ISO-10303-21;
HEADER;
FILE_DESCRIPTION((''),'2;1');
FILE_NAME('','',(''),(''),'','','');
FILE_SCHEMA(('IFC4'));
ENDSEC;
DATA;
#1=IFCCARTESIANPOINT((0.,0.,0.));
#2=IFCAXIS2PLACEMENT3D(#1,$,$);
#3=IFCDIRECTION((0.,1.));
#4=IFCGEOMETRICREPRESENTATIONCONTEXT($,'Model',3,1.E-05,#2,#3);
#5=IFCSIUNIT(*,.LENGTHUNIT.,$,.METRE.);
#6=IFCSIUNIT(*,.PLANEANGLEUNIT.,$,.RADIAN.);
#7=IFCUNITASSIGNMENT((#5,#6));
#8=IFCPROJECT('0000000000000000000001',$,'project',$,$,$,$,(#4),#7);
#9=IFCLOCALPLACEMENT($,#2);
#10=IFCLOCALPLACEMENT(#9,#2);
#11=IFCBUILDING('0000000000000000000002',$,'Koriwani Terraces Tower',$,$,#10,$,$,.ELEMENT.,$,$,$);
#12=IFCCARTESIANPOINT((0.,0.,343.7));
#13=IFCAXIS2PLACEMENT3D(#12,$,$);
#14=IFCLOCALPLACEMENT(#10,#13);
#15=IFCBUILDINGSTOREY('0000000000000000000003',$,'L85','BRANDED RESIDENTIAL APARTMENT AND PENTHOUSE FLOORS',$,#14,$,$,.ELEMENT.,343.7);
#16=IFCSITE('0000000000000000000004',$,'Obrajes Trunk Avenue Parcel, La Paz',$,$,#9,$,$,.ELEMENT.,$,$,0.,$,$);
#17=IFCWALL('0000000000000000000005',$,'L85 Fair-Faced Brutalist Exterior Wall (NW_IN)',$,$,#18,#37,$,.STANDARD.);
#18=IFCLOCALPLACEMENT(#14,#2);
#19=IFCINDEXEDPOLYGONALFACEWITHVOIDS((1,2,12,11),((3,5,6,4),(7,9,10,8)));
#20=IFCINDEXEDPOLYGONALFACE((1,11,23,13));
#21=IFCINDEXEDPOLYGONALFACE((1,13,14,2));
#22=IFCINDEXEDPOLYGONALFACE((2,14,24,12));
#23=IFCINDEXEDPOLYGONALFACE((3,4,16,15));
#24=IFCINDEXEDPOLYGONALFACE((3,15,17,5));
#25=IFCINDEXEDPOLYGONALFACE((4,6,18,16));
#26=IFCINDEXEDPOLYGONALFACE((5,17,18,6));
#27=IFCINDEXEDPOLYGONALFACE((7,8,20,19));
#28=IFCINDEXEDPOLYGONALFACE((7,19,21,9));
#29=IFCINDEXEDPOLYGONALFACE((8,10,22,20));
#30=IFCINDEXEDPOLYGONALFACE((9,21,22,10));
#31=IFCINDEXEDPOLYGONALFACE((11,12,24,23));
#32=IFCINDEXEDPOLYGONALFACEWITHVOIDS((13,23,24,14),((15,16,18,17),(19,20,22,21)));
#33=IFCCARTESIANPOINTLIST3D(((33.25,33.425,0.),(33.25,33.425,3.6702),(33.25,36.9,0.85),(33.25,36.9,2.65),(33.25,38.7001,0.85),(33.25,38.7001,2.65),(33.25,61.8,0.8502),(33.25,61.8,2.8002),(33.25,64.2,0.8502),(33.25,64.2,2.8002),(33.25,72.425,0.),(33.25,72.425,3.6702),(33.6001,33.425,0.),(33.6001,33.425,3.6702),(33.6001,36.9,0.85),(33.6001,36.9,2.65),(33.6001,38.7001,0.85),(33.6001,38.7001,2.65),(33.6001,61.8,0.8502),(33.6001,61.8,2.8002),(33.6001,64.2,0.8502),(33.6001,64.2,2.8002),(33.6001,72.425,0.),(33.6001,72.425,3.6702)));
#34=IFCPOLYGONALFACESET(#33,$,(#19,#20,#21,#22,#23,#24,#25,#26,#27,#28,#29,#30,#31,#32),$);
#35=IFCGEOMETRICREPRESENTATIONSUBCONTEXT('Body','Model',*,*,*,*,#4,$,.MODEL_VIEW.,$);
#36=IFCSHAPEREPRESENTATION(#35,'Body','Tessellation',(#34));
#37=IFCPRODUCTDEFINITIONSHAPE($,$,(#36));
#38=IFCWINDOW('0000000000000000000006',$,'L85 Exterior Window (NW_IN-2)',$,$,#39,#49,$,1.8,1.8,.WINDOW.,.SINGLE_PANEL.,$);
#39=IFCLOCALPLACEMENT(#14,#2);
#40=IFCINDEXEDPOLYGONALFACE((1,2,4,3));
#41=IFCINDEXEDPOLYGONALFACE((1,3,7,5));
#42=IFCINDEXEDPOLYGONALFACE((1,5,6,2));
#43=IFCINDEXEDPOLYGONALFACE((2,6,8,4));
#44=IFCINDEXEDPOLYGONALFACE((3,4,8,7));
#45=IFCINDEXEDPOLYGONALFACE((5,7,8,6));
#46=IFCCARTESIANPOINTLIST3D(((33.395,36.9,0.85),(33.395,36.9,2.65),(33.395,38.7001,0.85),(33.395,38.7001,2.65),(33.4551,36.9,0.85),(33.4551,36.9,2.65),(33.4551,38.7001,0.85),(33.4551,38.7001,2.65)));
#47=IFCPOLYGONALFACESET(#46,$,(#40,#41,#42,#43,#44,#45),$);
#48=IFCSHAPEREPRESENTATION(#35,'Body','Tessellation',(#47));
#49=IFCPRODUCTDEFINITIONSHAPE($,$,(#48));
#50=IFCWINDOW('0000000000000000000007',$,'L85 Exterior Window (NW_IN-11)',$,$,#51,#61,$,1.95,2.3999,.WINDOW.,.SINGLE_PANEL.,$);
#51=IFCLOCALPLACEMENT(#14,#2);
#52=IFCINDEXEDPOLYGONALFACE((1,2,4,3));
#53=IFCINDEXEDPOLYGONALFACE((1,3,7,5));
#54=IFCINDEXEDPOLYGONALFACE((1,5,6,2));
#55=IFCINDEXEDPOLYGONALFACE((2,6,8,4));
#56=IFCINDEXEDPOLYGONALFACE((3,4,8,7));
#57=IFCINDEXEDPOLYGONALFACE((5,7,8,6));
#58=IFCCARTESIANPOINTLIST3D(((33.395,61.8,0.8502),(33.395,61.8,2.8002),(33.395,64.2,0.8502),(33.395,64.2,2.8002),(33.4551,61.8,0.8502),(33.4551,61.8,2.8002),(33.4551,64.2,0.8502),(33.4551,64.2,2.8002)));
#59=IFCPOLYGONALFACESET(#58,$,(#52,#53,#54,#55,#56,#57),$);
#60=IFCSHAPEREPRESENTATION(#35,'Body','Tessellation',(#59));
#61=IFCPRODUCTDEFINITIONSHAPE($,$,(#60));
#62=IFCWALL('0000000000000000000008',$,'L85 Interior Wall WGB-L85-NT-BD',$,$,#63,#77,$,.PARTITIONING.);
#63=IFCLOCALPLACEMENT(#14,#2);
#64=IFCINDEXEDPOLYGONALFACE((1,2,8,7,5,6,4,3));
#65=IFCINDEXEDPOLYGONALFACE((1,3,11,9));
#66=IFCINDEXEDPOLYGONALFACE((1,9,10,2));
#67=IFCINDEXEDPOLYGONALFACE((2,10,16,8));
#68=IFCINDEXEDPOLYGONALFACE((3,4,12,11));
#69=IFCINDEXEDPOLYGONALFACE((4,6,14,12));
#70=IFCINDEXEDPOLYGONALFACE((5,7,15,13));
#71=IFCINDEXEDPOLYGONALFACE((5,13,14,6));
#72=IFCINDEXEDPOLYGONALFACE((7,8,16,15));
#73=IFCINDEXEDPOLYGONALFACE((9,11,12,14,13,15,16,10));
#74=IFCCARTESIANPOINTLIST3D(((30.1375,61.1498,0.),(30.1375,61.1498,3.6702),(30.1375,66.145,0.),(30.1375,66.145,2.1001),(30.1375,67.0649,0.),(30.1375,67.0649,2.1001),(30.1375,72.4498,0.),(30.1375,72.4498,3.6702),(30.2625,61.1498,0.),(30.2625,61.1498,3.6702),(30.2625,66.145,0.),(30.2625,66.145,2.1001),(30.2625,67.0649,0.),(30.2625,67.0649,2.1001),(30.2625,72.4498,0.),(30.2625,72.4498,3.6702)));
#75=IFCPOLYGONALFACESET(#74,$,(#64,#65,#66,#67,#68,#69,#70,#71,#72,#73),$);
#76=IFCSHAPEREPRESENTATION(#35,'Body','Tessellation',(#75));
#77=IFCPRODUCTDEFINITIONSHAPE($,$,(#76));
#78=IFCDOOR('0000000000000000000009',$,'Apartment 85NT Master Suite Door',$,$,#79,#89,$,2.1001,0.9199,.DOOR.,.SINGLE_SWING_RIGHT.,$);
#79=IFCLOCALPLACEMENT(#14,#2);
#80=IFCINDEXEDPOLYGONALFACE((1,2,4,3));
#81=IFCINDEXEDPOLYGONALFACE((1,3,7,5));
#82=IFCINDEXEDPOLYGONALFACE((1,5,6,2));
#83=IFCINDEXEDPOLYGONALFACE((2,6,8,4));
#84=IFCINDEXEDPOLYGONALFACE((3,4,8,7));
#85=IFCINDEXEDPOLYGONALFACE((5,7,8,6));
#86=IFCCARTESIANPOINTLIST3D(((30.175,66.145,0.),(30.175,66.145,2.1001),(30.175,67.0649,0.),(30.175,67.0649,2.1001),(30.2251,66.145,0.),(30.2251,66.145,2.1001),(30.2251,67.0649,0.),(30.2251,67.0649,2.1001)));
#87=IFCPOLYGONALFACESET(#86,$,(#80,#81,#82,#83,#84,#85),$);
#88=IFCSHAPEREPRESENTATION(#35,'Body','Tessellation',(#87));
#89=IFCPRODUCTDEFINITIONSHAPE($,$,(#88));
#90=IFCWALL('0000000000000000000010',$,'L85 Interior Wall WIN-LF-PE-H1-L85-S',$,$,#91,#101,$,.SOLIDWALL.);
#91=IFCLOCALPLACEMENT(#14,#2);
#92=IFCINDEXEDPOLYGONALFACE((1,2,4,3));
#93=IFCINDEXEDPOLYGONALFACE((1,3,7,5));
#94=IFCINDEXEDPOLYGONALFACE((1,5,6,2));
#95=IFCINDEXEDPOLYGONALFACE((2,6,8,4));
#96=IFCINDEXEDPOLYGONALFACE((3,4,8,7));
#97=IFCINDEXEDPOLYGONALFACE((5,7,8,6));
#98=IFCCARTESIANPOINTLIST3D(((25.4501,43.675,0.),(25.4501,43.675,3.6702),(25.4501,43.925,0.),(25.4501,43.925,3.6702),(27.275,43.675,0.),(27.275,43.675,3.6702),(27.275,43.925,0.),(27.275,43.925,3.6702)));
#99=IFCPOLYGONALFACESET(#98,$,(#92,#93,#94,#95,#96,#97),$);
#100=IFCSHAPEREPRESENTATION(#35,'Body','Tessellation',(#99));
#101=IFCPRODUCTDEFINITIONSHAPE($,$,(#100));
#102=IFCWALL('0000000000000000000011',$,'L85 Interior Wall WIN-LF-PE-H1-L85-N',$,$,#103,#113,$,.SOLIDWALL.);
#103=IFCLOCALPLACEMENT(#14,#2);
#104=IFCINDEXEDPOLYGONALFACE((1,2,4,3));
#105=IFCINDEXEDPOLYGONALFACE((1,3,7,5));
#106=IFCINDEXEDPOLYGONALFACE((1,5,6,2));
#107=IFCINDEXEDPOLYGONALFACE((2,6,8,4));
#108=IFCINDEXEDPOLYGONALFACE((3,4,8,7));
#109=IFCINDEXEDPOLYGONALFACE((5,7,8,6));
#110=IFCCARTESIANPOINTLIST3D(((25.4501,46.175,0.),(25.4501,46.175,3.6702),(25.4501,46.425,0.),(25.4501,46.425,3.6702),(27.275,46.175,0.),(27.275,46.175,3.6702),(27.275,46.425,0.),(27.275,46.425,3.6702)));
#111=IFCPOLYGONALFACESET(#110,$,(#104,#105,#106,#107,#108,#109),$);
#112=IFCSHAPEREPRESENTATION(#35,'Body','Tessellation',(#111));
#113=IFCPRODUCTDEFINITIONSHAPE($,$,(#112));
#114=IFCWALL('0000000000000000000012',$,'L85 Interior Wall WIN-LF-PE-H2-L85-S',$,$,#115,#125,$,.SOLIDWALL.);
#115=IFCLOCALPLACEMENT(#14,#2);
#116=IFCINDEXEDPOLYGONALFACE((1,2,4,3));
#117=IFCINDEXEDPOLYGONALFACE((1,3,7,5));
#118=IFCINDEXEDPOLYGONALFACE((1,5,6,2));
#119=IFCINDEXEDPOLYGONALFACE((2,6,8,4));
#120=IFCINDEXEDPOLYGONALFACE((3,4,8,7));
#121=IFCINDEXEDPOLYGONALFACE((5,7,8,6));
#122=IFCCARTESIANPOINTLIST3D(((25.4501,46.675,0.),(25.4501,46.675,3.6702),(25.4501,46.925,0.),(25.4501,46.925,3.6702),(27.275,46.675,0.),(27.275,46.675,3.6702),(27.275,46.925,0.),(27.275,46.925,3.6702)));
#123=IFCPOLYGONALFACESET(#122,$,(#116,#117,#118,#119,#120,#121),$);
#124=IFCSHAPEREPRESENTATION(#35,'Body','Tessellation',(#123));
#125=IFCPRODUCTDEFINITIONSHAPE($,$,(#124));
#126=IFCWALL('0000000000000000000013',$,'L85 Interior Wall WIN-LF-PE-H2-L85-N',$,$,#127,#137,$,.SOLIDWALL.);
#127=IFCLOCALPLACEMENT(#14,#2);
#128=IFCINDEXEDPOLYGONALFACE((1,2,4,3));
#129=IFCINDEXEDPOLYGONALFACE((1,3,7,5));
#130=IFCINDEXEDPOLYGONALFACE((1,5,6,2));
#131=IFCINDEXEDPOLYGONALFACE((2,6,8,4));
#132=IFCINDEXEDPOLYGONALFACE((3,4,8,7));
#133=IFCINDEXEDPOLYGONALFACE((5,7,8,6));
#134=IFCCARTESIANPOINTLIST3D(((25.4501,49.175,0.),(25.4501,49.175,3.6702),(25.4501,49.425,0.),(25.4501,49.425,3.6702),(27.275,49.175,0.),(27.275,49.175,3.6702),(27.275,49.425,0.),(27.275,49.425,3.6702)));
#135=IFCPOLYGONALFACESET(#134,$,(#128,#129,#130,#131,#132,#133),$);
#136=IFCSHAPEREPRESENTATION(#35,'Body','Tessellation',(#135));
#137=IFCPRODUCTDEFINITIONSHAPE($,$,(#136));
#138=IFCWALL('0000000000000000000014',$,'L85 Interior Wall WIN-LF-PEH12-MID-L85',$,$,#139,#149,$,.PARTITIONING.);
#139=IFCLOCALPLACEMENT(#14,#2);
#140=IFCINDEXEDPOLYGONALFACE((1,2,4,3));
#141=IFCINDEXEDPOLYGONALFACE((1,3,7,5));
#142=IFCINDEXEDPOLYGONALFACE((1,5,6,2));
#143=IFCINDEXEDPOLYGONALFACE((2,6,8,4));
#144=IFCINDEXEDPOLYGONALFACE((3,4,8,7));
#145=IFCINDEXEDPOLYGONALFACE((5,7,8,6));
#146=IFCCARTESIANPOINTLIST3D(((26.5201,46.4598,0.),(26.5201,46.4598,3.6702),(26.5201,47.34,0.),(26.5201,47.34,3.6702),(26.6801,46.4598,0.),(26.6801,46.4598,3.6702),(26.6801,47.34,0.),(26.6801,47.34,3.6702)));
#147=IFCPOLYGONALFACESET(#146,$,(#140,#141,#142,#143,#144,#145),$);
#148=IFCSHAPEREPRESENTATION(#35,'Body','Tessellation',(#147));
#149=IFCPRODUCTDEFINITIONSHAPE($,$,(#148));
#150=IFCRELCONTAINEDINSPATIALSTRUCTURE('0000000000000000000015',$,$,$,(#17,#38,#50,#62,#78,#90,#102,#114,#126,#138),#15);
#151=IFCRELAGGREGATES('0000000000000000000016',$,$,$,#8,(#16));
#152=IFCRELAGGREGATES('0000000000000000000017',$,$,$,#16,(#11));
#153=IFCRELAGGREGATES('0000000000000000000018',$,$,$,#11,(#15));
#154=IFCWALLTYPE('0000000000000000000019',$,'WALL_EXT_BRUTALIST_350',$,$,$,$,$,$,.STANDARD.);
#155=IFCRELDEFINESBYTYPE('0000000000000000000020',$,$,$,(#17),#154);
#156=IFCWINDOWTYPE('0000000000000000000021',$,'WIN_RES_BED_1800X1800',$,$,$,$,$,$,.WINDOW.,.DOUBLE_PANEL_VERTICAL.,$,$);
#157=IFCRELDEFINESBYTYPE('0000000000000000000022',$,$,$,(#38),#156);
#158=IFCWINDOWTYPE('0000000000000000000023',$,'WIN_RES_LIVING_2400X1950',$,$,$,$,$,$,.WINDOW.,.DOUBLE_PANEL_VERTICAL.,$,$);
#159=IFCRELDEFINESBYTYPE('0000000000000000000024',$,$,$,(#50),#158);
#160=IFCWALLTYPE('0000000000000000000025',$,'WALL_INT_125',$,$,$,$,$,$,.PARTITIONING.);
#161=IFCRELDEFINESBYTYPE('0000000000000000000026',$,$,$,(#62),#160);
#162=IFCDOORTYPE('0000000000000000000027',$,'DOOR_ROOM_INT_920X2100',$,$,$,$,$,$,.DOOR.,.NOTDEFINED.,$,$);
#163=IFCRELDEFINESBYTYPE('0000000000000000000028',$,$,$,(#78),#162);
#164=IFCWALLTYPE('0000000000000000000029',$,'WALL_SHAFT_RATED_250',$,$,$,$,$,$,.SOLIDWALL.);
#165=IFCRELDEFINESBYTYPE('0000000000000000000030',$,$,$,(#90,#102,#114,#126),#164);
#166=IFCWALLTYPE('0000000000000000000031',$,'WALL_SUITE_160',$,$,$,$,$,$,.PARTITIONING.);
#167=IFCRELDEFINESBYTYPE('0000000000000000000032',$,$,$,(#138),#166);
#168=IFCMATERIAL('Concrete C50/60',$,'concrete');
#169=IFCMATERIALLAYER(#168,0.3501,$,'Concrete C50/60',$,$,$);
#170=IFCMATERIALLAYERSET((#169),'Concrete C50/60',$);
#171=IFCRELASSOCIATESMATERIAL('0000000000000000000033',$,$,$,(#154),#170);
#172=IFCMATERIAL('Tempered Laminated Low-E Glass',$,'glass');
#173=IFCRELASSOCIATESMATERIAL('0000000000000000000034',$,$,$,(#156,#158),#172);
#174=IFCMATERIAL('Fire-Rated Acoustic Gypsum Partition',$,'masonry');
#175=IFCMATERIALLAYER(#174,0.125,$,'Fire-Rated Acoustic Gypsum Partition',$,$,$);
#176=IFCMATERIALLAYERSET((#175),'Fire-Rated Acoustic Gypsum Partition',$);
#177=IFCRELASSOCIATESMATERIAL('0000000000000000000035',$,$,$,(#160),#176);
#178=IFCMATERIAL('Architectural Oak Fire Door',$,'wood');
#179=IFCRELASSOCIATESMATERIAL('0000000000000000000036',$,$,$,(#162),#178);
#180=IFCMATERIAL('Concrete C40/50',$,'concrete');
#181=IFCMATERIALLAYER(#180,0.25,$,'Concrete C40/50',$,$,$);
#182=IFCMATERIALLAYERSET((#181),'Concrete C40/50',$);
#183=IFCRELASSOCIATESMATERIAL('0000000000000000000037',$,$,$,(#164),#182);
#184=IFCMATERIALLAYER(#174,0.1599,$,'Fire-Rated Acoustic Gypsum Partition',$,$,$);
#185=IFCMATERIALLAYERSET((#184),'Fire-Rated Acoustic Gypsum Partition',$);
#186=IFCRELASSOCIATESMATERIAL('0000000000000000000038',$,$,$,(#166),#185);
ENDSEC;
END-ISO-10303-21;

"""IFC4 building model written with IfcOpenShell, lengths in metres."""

from ifc_helpers import new_model, si_unit, direction, frame, frame_2d, origin, place, context, subcontext, project, spatial, rectangle, extrude, material, layer, layer_set, type_object, element, fill, save


model = new_model("IFC4")

# Units and contexts
model_context = context("Model", 3, precision=1e-05, world=origin(), true_north=direction((0.0, 1.0)))
body_context = subcontext(model_context, "Body", "Model", "MODEL_VIEW")
ifc_project = project(units=[si_unit("LENGTHUNIT", "METRE"), si_unit("PLANEANGLEUNIT", "RADIAN")], contexts=[model_context])

# Site, building, storey
site_placement = place(None, origin())
site = spatial("IfcSite", under=ifc_project, at=site_placement, Name="Obrajes Trunk Avenue Parcel, La Paz", CompositionType="ELEMENT", RefElevation=0.0)
building_placement = place(site_placement, origin())
building = spatial("IfcBuilding", under=site, at=building_placement, Name="Koriwani Terraces Tower", CompositionType="ELEMENT")
storey_placement = place(building_placement, frame((0.0, 0.0, 343.7)))
storey = spatial("IfcBuildingStorey", under=building, at=storey_placement, Name="L85", Description="BRANDED RESIDENTIAL APARTMENT AND PENTHOUSE FLOORS", CompositionType="ELEMENT", Elevation=343.7)

# Shared definitions
ifc_material_1 = material(Name="Concrete C50/60", Category="concrete")

# Shared definitions
ifc_material_2 = material(Name="Concrete C40/50", Category="concrete")

# Shared definitions
ifc_layer_1 = layer(ifc_material_1, 0.3501, Name="Concrete C50/60")
ifc_layer_set_1 = layer_set([ifc_layer_1], Name="Concrete C50/60")
wall_type_1 = type_object("IfcWallType", Name="WALL_EXT_BRUTALIST_350", PredefinedType="STANDARD", material=ifc_layer_set_1)

# Shared definitions
ifc_material_3 = material(Name="Tempered Laminated Low-E Glass", Category="glass")
window_type_1 = type_object("IfcWindowType", Name="WIN_RES_BED_1800X1800", PartitioningType="DOUBLE_PANEL_VERTICAL", PredefinedType="WINDOW", material=ifc_material_3)

# Wall, openings, windows
wall_1_placement = place(storey_placement, frame((33.425, 72.425, 0.0), z_axis=(0.0, 0.0, 1.0), x_axis=(0.0, -1.0, 0.0)))
wall_1 = element("IfcWall", 1, at=wall_1_placement, inside=storey, type_object=wall_type_1, Name="L85 Fair-Faced Brutalist Exterior Wall (NW_IN)", PredefinedType="STANDARD", context=body_context, shape_type="SweptSolid", body=[
    extrude(rectangle(XDim=39.0, YDim=0.3501, at=frame_2d((19.5, 0.0))), origin(), (0.0, 0.0, 1.0), 3.6702),
])
opening_1_placement = place(wall_1_placement, frame((33.7251, 0.0, 0.8501)))
opening_1 = element("IfcOpeningElement", 2, at=opening_1_placement, cuts=wall_1, PredefinedType="OPENING", context=body_context, shape_type="SweptSolid", body=[
    extrude(rectangle(XDim=1.8, YDim=1.8, at=frame_2d((0.8999, 0.8999))), frame((0.0, 0.1851, 0.0), z_axis=(0.0, -1.0, 0.0), x_axis=(1.0, 0.0, 0.0)), (0.0, 0.0, 1.0), 0.3701),
])
opening_2_placement = place(wall_1_placement, frame((8.2251, 0.0, 0.8501)))
opening_2 = element("IfcOpeningElement", 3, at=opening_2_placement, cuts=wall_1, PredefinedType="OPENING", context=body_context, shape_type="SweptSolid", body=[
    extrude(rectangle(XDim=2.3999, YDim=1.95, at=frame_2d((1.2, 0.9751))), frame((0.0, 0.1851, 0.0), z_axis=(0.0, -1.0, 0.0), x_axis=(1.0, 0.0, 0.0)), (0.0, 0.0, 1.0), 0.3701),
])
window_1_placement = place(opening_1_placement, origin())
window_1 = element("IfcWindow", 4, at=window_1_placement, inside=storey, type_object=window_type_1, Name="L85 Exterior Window (NW_IN-2)", OverallHeight=1.8, OverallWidth=1.8, PartitioningType="SINGLE_PANEL", PredefinedType="WINDOW", context=body_context, shape_type="SweptSolid", body=[
    extrude(rectangle(XDim=1.8, YDim=1.8, at=frame_2d((0.8999, 0.8999))), frame((0.0, 0.03, 0.0), z_axis=(0.0, -1.0, 0.0), x_axis=(1.0, 0.0, 0.0)), (0.0, 0.0, 1.0), 0.0601),
])
fill(opening_1, window_1)
window_type_2 = type_object("IfcWindowType", Name="WIN_RES_LIVING_2400X1950", PartitioningType="DOUBLE_PANEL_VERTICAL", PredefinedType="WINDOW", material=ifc_material_3)
window_2_placement = place(opening_2_placement, origin())
window_2 = element("IfcWindow", 5, at=window_2_placement, inside=storey, type_object=window_type_2, Name="L85 Exterior Window (NW_IN-11)", OverallHeight=1.95, OverallWidth=2.3999, PartitioningType="SINGLE_PANEL", PredefinedType="WINDOW", context=body_context, shape_type="SweptSolid", body=[
    extrude(rectangle(XDim=2.3999, YDim=1.95, at=frame_2d((1.2, 0.9751))), frame((0.0, 0.03, 0.0), z_axis=(0.0, -1.0, 0.0), x_axis=(1.0, 0.0, 0.0)), (0.0, 0.0, 1.0), 0.0601),
])
fill(opening_2, window_2)

# Wall, opening, door
ifc_material_4 = material(Name="Fire-Rated Acoustic Gypsum Partition", Category="masonry")
ifc_layer_2 = layer(ifc_material_4, 0.125, Name="Fire-Rated Acoustic Gypsum Partition")
ifc_layer_set_2 = layer_set([ifc_layer_2], Name="Fire-Rated Acoustic Gypsum Partition")
wall_type_2 = type_object("IfcWallType", Name="WALL_INT_125", PredefinedType="PARTITIONING", material=ifc_layer_set_2)
wall_2_placement = place(storey_placement, frame((30.2, 61.1499, 0.0), z_axis=(0.0, 0.0, 1.0), x_axis=(0.0, 1.0, 0.0)))
wall_2 = element("IfcWall", 6, at=wall_2_placement, inside=storey, type_object=wall_type_2, Name="L85 Interior Wall WGB-L85-NT-BD", PredefinedType="PARTITIONING", context=body_context, shape_type="SweptSolid", body=[
    extrude(rectangle(XDim=11.3, YDim=0.125, at=frame_2d((5.6499, 0.0))), origin(), (0.0, 0.0, 1.0), 3.6702),
])
opening_3_placement = place(wall_2_placement, frame((4.9951, 0.0, 0.0)))
opening_3 = element("IfcOpeningElement", 7, at=opening_3_placement, cuts=wall_2, PredefinedType="OPENING", context=body_context, shape_type="SweptSolid", body=[
    extrude(rectangle(XDim=0.9199, YDim=2.1001, at=frame_2d((0.46, 1.05))), frame((0.0, 0.0725, 0.0), z_axis=(0.0, -1.0, 0.0), x_axis=(1.0, 0.0, 0.0)), (0.0, 0.0, 1.0), 0.145),
])
ifc_material_5 = material(Name="Architectural Oak Fire Door", Category="wood")
door_type_1 = type_object("IfcDoorType", Name="DOOR_ROOM_INT_920X2100", OperationType="NOTDEFINED", PredefinedType="DOOR", material=ifc_material_5)
door_1_placement = place(opening_3_placement, origin())
door_1 = element("IfcDoor", 8, at=door_1_placement, inside=storey, type_object=door_type_1, Name="Apartment 85NT Master Suite Door", OperationType="SINGLE_SWING_RIGHT", OverallHeight=2.1001, OverallWidth=0.9199, PredefinedType="DOOR", context=body_context, shape_type="SweptSolid", body=[
    extrude(rectangle(XDim=0.9199, YDim=2.1001, at=frame_2d((0.46, 1.05))), frame((0.0, 0.0249, 0.0), z_axis=(0.0, -1.0, 0.0), x_axis=(1.0, 0.0, 0.0)), (0.0, 0.0, 1.0), 0.05),
])
fill(opening_3, door_1)

# Walls
ifc_layer_3 = layer(ifc_material_2, 0.25, Name="Concrete C40/50")
ifc_layer_set_3 = layer_set([ifc_layer_3], Name="Concrete C40/50")
wall_type_3 = type_object("IfcWallType", Name="WALL_SHAFT_RATED_250", PredefinedType="SOLIDWALL", material=ifc_layer_set_3)
for number, where, z_axis, x_axis, name in (
    (9, (25.45, 43.8, 0.0), (0.0, 0.0, 1.0), (1.0, 0.0, 0.0), "L85 Interior Wall WIN-LF-PE-H1-L85-S"),
    (10, (25.45, 46.3, 0.0), (0.0, 0.0, 1.0), (1.0, 0.0, 0.0), "L85 Interior Wall WIN-LF-PE-H1-L85-N"),
):
    element("IfcWall", number, at=place(storey_placement, frame(where, z_axis=z_axis, x_axis=x_axis)), inside=storey, type_object=wall_type_3, Name=name, PredefinedType="SOLIDWALL", context=body_context, shape_type="SweptSolid", body=[
        extrude(rectangle(XDim=1.825, YDim=0.25, at=frame_2d((0.9126, 0.0))), origin(), (0.0, 0.0, 1.0), 3.6702),
    ])

# Walls
for number, where, z_axis, x_axis, name in (
    (11, (25.45, 46.8, 0.0), (0.0, 0.0, 1.0), (1.0, 0.0, 0.0), "L85 Interior Wall WIN-LF-PE-H2-L85-S"),
    (12, (25.45, 49.3, 0.0), (0.0, 0.0, 1.0), (1.0, 0.0, 0.0), "L85 Interior Wall WIN-LF-PE-H2-L85-N"),
):
    element("IfcWall", number, at=place(storey_placement, frame(where, z_axis=z_axis, x_axis=x_axis)), inside=storey, type_object=wall_type_3, Name=name, PredefinedType="SOLIDWALL", context=body_context, shape_type="SweptSolid", body=[
        extrude(rectangle(XDim=1.825, YDim=0.25, at=frame_2d((0.9126, 0.0))), origin(), (0.0, 0.0, 1.0), 3.6702),
    ])
ifc_layer_4 = layer(ifc_material_4, 0.1599, Name="Fire-Rated Acoustic Gypsum Partition")
ifc_layer_set_4 = layer_set([ifc_layer_4], Name="Fire-Rated Acoustic Gypsum Partition")
wall_type_4 = type_object("IfcWallType", Name="WALL_SUITE_160", PredefinedType="PARTITIONING", material=ifc_layer_set_4)
wall_3_placement = place(storey_placement, frame((26.6001, 46.46, 0.0), z_axis=(0.0, 0.0, 1.0), x_axis=(0.0, 1.0, 0.0)))
element("IfcWall", 13, at=wall_3_placement, inside=storey, type_object=wall_type_4, Name="L85 Interior Wall WIN-LF-PEH12-MID-L85", PredefinedType="PARTITIONING", context=body_context, shape_type="SweptSolid", body=[
    extrude(rectangle(XDim=0.8801, YDim=0.1599, at=frame_2d((0.4399, 0.0))), origin(), (0.0, 0.0, 1.0), 3.6702),
])

save(model, "model.ifc")
